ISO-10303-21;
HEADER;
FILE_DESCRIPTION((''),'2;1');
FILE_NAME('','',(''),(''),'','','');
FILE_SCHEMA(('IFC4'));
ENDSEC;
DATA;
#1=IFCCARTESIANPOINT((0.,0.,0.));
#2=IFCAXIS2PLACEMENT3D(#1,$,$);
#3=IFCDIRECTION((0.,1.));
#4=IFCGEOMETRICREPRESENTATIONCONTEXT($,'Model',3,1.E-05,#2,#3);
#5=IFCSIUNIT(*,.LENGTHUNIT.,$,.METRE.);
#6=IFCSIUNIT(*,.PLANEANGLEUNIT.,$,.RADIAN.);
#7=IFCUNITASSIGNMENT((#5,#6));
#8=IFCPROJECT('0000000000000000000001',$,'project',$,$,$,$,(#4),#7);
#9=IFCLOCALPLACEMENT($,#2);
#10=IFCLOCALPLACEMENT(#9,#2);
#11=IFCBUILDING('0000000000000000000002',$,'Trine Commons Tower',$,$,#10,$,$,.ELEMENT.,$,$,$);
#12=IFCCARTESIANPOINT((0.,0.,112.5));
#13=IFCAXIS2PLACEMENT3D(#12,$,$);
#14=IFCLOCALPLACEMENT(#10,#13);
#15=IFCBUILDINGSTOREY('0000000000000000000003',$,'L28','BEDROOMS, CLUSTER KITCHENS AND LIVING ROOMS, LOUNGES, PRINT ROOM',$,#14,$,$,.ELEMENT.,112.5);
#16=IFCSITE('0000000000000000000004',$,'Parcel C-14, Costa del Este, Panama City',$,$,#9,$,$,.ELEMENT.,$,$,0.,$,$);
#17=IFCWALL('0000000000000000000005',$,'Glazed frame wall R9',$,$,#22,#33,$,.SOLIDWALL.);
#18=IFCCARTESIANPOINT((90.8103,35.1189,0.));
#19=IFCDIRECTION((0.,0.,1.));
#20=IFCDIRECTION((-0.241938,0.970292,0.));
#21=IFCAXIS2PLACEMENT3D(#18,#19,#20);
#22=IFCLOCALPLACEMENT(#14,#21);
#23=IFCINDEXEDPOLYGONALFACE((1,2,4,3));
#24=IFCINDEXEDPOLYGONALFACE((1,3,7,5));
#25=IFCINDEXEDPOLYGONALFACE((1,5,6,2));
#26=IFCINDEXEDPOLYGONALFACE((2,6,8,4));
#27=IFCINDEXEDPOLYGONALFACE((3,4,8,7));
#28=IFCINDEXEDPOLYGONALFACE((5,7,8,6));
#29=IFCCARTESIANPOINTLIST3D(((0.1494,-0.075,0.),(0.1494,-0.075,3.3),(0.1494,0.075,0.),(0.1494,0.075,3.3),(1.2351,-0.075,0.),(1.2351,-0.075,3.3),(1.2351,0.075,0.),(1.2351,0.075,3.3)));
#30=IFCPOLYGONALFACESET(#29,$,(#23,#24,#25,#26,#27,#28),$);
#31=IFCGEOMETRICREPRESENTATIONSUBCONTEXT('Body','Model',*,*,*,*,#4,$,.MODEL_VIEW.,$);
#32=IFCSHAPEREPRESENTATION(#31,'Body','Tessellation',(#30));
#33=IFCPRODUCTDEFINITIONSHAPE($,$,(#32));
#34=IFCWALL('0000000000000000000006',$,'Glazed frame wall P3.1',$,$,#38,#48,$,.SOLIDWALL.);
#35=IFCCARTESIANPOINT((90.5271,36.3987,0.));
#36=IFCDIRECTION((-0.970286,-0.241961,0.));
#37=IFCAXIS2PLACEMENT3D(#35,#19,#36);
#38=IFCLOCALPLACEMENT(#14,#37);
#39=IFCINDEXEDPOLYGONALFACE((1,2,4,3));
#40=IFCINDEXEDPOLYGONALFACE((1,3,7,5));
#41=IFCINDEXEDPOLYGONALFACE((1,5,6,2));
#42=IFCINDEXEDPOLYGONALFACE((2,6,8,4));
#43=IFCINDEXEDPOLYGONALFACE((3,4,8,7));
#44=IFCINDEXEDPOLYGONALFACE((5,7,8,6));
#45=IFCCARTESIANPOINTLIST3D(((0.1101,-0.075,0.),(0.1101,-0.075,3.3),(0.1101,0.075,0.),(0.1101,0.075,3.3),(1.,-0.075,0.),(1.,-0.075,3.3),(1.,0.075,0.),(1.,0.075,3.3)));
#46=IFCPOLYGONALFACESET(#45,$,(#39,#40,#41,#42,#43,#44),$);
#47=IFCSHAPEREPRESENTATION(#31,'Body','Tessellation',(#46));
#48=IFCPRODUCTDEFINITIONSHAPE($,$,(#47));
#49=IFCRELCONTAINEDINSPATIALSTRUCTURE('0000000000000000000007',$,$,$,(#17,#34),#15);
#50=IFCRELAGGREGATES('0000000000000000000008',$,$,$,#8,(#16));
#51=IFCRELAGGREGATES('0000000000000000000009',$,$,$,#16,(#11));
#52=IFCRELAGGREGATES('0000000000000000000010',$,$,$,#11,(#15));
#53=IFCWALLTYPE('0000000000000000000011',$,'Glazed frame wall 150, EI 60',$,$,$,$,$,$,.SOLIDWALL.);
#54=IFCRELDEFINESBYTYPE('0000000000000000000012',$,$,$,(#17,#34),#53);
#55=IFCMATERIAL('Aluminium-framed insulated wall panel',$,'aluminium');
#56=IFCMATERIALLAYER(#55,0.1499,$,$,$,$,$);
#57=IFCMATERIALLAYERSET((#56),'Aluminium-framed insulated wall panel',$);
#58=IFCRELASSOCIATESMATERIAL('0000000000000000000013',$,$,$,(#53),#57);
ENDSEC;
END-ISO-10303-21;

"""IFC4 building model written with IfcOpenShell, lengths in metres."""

from ifc_helpers import new_model, si_unit, direction, frame, origin, place, context, subcontext, project, spatial, polyline, outline, extrude, material, layer, layer_set, type_object, element, save


model = new_model("IFC4")

# Units and contexts
model_context = context("Model", 3, precision=1e-05, world=origin(), true_north=direction((0.0, 1.0)))
body_context = subcontext(model_context, "Body", "Model", "MODEL_VIEW")
ifc_project = project(units=[si_unit("LENGTHUNIT", "METRE"), si_unit("PLANEANGLEUNIT", "RADIAN")], contexts=[model_context])

# Site, building, storey
site_placement = place(None, origin())
site = spatial("IfcSite", under=ifc_project, at=site_placement, Name="Parcel C-14, Costa del Este, Panama City", CompositionType="ELEMENT", RefElevation=0.0)
building_placement = place(site_placement, origin())
building = spatial("IfcBuilding", under=site, at=building_placement, Name="Trine Commons Tower", CompositionType="ELEMENT")
storey_placement = place(building_placement, frame((0.0, 0.0, 112.5)))
storey = spatial("IfcBuildingStorey", under=building, at=storey_placement, Name="L28", Description="BEDROOMS, CLUSTER KITCHENS AND LIVING ROOMS, LOUNGES, PRINT ROOM", CompositionType="ELEMENT", Elevation=112.5)

# Walls
ifc_material_1 = material(Name="Aluminium-framed insulated wall panel", Category="aluminium")
ifc_layer_1 = layer(ifc_material_1, 0.1499)
ifc_layer_set_1 = layer_set([ifc_layer_1], Name="Aluminium-framed insulated wall panel")
wall_type_1 = type_object("IfcWallType", Name="Glazed frame wall 150, EI 60", PredefinedType="SOLIDWALL", material=ifc_layer_set_1)
wall_1_placement = place(storey_placement, frame((90.8103, 35.1189, 0.0), z_axis=(0.0, 0.0, 1.0), x_axis=(-0.241938, 0.970292, 0.0)))
element("IfcWall", 1, at=wall_1_placement, inside=storey, type_object=wall_type_1, Name="Glazed frame wall R9", PredefinedType="SOLIDWALL", context=body_context, shape_type="SweptSolid", body=[
    extrude(outline(polyline([(0.1494, 0.075), (0.1494, -0.075), (1.2351, -0.075), (1.2351, 0.075), (0.1494, 0.075)])), origin(), (0.0, 0.0, 1.0), 3.3),
])
wall_2_placement = place(storey_placement, frame((90.5271, 36.3987, 0.0), z_axis=(0.0, 0.0, 1.0), x_axis=(-0.970286, -0.241961, 0.0)))
element("IfcWall", 2, at=wall_2_placement, inside=storey, type_object=wall_type_1, Name="Glazed frame wall P3.1", PredefinedType="SOLIDWALL", context=body_context, shape_type="SweptSolid", body=[
    extrude(outline(polyline([(0.1101, -0.075), (1.0, -0.075), (1.0, 0.075), (0.1101, 0.075), (0.1101, -0.075)])), origin(), (0.0, 0.0, 1.0), 3.3),
])

save(model, "model.ifc")
